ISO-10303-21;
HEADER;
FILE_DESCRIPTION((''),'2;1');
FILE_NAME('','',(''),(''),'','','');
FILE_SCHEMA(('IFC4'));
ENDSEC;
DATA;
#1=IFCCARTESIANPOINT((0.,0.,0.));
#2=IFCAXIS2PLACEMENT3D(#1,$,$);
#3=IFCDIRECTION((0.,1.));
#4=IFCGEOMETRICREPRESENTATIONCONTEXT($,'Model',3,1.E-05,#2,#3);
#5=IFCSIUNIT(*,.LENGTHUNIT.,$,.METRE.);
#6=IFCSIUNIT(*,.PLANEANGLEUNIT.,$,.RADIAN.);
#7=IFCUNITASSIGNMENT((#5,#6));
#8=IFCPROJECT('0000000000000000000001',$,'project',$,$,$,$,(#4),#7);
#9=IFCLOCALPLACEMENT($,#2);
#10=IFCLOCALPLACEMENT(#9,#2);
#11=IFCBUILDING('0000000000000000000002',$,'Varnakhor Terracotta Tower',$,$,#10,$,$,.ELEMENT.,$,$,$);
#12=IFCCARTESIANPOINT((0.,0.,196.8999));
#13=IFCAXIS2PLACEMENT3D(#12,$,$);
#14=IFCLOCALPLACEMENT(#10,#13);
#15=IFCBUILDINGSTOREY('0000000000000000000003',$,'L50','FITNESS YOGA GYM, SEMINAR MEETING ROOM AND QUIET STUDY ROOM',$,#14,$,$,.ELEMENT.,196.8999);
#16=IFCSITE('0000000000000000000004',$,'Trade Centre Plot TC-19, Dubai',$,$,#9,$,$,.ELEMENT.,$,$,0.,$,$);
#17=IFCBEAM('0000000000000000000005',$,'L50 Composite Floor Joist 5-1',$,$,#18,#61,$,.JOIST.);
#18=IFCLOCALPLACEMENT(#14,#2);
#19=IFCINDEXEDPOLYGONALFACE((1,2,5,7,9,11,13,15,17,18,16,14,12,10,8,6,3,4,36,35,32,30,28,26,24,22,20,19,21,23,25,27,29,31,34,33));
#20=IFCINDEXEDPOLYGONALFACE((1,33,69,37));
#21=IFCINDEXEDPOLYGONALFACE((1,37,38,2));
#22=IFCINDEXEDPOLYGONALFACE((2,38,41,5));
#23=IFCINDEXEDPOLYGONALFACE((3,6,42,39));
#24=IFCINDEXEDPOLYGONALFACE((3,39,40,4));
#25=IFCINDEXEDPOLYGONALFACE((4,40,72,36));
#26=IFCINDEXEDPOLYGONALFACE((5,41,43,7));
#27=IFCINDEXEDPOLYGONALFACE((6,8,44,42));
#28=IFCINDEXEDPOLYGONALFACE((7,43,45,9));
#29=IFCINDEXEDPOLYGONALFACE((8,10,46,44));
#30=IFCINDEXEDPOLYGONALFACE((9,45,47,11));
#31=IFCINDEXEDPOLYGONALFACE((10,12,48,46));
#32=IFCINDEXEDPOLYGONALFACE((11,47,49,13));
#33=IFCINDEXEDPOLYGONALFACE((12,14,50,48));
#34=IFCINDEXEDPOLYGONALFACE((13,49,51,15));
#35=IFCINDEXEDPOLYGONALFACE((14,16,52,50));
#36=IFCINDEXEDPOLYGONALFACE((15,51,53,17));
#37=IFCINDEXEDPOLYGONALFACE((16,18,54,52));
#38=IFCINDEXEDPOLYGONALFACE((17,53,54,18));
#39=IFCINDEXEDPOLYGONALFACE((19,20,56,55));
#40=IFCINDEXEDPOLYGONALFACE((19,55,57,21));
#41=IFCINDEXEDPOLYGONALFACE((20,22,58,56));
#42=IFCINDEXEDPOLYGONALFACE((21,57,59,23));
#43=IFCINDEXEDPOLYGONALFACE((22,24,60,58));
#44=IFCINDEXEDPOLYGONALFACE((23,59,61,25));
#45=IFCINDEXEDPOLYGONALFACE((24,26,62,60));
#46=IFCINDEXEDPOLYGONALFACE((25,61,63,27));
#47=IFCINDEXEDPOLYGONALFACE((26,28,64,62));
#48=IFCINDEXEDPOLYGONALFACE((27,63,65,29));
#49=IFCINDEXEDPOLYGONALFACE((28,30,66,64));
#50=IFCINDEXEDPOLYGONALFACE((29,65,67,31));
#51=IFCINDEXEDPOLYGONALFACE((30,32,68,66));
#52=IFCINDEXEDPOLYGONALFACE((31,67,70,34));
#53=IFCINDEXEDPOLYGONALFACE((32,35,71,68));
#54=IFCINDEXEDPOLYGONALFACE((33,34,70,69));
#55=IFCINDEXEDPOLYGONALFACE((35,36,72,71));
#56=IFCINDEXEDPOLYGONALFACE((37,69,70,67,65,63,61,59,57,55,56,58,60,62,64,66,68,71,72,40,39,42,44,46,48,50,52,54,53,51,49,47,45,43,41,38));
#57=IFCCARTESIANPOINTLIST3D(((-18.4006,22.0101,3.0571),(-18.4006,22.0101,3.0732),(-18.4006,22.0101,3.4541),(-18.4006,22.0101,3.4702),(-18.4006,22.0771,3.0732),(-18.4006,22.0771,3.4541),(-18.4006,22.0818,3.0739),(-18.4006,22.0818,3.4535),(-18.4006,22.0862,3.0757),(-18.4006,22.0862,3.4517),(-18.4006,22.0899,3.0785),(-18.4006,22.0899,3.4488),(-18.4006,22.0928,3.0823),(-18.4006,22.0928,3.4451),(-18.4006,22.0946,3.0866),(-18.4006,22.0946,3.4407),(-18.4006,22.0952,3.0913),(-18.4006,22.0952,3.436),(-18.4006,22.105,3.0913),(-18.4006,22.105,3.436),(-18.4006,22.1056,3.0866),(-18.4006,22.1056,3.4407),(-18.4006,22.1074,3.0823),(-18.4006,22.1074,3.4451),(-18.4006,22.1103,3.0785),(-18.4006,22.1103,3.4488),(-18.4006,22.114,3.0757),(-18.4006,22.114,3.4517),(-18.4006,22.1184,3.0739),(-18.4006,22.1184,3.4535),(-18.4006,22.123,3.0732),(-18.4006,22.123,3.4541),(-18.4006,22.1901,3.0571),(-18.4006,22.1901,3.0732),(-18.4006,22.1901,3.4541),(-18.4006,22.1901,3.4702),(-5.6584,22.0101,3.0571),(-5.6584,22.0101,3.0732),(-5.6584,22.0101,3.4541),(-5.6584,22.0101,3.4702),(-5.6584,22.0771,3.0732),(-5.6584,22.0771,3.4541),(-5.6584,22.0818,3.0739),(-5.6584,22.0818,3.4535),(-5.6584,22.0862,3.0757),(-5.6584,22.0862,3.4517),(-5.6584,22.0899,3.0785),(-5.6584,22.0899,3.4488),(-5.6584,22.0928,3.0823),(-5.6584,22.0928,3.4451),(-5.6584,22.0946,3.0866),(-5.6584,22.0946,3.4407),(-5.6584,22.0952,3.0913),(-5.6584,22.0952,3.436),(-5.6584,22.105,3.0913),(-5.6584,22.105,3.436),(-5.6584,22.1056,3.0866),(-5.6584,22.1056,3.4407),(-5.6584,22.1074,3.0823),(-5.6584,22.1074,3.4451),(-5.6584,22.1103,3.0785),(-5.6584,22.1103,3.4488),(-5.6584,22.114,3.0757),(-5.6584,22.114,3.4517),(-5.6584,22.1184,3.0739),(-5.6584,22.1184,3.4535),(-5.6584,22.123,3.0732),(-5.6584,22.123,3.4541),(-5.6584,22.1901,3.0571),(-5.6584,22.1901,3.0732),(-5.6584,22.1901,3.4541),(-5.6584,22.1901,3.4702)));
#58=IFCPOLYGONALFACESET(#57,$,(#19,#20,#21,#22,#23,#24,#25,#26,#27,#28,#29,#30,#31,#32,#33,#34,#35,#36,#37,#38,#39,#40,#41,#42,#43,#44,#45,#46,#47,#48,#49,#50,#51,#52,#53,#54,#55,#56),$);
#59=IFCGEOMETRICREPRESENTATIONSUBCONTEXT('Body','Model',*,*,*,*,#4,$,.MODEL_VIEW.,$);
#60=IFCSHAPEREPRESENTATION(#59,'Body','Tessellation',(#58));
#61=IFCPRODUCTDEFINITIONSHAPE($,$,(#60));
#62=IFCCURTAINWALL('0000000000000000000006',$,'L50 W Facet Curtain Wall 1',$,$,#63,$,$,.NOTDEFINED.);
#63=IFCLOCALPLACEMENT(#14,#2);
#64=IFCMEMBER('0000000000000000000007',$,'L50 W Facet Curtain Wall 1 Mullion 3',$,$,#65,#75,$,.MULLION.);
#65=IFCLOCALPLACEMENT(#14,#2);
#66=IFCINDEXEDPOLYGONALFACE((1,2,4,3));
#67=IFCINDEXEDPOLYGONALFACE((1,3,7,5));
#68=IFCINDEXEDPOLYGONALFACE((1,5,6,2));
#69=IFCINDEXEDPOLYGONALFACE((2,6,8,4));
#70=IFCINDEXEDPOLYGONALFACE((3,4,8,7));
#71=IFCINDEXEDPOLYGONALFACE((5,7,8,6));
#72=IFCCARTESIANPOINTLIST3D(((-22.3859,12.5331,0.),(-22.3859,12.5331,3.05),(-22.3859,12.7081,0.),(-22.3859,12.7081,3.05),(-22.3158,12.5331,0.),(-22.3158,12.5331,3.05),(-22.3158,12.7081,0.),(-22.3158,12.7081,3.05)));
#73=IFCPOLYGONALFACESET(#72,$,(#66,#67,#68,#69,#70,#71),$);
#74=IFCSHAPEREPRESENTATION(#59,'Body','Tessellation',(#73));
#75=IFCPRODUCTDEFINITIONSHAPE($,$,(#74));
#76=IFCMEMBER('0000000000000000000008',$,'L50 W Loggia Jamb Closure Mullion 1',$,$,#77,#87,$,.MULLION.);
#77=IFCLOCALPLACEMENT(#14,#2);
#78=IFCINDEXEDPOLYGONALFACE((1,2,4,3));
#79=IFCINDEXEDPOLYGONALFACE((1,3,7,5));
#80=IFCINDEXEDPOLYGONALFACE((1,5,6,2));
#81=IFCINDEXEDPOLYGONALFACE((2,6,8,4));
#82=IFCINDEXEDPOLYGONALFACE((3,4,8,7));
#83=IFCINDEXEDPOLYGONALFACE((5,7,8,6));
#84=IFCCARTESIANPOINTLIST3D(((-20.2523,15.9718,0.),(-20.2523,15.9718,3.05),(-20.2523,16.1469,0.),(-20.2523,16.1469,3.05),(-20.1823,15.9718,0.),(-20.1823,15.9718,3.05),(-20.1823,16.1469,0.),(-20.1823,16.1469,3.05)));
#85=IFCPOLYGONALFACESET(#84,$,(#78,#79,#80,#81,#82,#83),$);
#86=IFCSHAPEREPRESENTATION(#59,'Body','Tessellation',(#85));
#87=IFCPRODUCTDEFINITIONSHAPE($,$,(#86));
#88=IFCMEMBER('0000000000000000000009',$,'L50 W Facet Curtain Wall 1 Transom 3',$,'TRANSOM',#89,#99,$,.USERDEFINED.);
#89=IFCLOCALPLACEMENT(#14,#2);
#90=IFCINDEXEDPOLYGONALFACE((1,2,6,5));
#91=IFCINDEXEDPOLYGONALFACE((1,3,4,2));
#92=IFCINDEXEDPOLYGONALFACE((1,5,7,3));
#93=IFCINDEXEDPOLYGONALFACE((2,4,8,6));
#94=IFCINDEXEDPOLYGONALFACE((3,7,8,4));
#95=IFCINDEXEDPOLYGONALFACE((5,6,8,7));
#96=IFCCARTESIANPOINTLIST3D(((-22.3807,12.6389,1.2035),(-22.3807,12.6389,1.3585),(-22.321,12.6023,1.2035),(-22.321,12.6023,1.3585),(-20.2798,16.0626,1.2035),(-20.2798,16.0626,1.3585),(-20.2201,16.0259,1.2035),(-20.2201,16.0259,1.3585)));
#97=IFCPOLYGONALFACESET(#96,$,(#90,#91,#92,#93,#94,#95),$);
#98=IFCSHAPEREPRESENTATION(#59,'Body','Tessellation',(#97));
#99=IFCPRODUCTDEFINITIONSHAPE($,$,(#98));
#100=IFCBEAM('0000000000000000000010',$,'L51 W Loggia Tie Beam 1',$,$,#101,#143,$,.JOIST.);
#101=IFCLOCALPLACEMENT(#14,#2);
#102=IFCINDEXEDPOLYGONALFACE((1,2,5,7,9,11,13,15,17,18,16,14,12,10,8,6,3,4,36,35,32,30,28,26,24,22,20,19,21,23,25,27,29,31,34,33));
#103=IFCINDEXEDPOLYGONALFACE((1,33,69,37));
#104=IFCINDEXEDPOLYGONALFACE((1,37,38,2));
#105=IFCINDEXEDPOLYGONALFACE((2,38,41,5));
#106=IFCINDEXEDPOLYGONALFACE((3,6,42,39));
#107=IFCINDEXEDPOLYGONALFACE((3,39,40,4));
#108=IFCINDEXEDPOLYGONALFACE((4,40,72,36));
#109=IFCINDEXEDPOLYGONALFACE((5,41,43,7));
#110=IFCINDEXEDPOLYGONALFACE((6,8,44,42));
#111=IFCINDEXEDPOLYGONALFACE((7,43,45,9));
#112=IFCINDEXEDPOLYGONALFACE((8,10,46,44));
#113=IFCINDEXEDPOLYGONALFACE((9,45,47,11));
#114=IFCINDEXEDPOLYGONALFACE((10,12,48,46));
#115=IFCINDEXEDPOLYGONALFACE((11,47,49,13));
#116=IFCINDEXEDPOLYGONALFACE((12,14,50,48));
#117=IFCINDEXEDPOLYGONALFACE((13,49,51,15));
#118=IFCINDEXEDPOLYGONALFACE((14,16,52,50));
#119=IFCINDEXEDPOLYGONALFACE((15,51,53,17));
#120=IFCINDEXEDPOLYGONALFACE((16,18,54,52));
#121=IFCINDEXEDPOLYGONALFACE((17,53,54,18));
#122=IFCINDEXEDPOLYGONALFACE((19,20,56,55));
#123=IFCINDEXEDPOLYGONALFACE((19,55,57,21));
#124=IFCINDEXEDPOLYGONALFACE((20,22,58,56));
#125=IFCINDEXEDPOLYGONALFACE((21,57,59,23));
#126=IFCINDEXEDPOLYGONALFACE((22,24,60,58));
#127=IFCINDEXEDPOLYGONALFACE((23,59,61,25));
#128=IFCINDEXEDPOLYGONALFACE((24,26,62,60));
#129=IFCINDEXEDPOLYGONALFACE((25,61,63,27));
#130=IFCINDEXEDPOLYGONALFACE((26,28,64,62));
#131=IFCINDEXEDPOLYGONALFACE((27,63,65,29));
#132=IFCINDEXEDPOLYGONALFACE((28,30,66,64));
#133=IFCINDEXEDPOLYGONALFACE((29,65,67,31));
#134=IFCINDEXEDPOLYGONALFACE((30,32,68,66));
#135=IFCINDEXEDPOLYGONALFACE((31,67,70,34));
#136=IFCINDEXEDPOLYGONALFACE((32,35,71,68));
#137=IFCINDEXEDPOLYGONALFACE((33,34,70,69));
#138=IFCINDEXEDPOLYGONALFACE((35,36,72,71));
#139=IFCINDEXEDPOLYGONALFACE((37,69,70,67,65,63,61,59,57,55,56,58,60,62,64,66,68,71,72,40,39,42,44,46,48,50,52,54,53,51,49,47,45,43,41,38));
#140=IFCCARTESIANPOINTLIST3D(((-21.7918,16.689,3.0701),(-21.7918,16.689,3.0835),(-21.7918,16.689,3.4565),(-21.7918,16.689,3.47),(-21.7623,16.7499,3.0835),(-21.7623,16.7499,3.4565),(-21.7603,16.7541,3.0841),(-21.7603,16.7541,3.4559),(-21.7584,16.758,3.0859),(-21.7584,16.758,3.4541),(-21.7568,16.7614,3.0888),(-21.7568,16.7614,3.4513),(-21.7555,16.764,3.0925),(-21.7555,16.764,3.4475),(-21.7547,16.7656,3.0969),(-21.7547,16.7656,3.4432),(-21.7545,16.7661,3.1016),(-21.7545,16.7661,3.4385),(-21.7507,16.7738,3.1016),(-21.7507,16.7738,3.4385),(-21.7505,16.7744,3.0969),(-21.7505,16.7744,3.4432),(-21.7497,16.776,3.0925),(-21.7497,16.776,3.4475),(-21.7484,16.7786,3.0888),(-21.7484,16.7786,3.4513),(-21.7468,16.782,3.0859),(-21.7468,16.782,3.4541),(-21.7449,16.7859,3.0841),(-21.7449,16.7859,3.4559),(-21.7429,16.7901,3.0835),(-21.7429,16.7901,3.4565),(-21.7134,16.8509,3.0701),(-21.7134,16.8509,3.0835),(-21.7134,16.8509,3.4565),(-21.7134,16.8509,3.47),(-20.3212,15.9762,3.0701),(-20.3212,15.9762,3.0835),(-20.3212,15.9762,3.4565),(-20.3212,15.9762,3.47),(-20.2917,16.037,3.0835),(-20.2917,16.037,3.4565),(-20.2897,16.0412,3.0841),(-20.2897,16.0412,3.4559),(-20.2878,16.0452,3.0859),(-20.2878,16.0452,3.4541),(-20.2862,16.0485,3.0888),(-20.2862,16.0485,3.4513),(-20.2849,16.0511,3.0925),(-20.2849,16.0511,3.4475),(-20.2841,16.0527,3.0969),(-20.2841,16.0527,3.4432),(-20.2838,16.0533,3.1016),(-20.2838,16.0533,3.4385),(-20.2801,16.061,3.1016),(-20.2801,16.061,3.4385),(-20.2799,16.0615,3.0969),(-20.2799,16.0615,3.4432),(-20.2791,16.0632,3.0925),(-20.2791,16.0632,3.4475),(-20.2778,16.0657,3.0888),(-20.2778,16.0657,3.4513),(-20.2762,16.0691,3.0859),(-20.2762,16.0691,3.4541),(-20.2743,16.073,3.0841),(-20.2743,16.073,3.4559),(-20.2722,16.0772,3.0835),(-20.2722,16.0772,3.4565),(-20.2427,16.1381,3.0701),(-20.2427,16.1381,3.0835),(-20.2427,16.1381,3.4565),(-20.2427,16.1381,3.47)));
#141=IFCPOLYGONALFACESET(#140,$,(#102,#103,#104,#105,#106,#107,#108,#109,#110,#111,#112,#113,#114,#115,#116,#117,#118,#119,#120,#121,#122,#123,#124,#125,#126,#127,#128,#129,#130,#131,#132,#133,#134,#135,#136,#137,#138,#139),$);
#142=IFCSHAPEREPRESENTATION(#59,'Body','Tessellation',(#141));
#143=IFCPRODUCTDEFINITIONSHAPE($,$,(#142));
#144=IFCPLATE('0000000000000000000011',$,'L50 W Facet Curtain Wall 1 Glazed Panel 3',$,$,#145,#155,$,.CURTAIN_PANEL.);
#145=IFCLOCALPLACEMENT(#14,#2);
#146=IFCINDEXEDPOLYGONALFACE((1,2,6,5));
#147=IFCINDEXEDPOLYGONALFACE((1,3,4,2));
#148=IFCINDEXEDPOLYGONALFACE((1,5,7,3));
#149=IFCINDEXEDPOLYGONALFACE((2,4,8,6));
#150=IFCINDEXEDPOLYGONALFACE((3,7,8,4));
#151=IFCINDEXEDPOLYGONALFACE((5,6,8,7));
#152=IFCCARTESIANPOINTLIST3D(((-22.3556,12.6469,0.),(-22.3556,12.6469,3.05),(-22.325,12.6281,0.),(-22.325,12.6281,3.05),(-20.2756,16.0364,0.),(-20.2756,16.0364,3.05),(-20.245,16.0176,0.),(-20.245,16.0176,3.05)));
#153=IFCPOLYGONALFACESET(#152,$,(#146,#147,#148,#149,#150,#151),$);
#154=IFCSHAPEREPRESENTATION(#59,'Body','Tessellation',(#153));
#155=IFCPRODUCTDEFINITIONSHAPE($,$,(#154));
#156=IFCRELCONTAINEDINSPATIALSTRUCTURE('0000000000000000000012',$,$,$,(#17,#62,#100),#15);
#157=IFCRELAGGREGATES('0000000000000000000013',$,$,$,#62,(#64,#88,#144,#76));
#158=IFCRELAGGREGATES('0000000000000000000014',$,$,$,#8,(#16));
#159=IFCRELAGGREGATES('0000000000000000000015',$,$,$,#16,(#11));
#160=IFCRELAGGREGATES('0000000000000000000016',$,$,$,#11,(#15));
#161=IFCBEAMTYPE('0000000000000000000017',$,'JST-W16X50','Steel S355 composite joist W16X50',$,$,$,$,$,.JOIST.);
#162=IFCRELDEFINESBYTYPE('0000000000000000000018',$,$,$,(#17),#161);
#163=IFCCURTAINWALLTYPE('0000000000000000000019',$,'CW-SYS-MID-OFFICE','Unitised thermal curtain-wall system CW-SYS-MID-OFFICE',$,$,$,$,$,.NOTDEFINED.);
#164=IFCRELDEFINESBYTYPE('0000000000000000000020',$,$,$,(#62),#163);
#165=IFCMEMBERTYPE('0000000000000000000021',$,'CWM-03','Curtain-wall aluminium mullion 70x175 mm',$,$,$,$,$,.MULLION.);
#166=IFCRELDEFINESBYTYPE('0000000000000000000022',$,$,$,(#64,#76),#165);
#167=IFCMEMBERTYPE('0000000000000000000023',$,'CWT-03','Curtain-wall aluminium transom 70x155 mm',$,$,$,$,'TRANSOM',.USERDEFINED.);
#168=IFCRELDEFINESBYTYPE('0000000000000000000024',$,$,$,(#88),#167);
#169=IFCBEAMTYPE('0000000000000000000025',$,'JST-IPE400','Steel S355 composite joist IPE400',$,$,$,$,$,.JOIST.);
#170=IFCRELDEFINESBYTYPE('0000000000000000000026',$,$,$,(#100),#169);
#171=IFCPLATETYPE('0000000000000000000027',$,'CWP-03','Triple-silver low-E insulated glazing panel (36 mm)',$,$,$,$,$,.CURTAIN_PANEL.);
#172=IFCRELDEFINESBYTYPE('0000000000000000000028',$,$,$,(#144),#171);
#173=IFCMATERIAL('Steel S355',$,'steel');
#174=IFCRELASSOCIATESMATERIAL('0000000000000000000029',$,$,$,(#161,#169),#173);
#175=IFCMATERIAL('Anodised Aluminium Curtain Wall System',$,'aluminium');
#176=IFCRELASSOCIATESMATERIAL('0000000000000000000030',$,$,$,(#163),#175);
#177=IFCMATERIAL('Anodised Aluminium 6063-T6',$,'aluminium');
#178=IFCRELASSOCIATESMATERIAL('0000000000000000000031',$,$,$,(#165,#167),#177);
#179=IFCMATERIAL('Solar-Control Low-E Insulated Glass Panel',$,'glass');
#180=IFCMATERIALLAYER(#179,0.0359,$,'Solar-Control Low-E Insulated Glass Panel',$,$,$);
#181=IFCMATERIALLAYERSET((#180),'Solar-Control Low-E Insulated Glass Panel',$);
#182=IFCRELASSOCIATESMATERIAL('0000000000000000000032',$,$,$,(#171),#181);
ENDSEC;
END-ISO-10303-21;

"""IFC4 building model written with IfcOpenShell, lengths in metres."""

from ifc_helpers import new_model, si_unit, direction, frame, origin, origin_2d, place, context, subcontext, project, spatial, rectangle, i_section, extrude, source, transform, mapped, material, layer, layer_set, material_profile, profile_set, type_object, element, aggregate, save


model = new_model("IFC4")

# Units and contexts
model_context = context("Model", 3, precision=1e-05, world=origin(), true_north=direction((0.0, 1.0)))
body_context = subcontext(model_context, "Body", "Model", "MODEL_VIEW")
ifc_project = project(units=[si_unit("LENGTHUNIT", "METRE"), si_unit("PLANEANGLEUNIT", "RADIAN")], contexts=[model_context])

# Site, building, storey
site_placement = place(None, origin())
site = spatial("IfcSite", under=ifc_project, at=site_placement, Name="Trade Centre Plot TC-19, Dubai", CompositionType="ELEMENT", RefElevation=0.0)
building_placement = place(site_placement, origin())
building = spatial("IfcBuilding", under=site, at=building_placement, Name="Varnakhor Terracotta Tower", CompositionType="ELEMENT")
storey_placement = place(building_placement, frame((0.0, 0.0, 196.8999)))
storey = spatial("IfcBuildingStorey", under=building, at=storey_placement, Name="L50", Description="FITNESS YOGA GYM, SEMINAR MEETING ROOM AND QUIET STUDY ROOM", CompositionType="ELEMENT", Elevation=196.8999)

# Beam
ifc_material_1 = material(Name="Steel S355", Category="steel")
ifc_material_profile_1 = material_profile(ifc_material_1, i_section(OverallWidth=0.1799, OverallDepth=0.4131, WebThickness=0.0098, FlangeThickness=0.0161, FilletRadius=0.0181, at=origin_2d()), Name="W16X50")
ifc_profile_set_1 = profile_set([ifc_material_profile_1], Name="Steel S355")
beam_type_1 = type_object("IfcBeamType", Name="JST-W16X50", Description="Steel S355 composite joist W16X50", PredefinedType="JOIST", material=ifc_profile_set_1)
shared_shape_1 = source(origin(), body_context, "Body", "SweptSolid", [
    extrude(i_section(OverallWidth=0.1799, OverallDepth=0.4131, WebThickness=0.0098, FlangeThickness=0.0161, FilletRadius=0.0181, at=origin_2d()), origin(), (0.0, 0.0, 1.0), 12.7422),
])
beam_1_placement = place(storey_placement, frame((-18.4006, 22.1001, 3.2637), z_axis=(1.0, 0.0, 0.0), x_axis=(0.0, 1.0, 0.0)))
element("IfcBeam", 1, at=beam_1_placement, inside=storey, type_object=beam_type_1, Name="L50 Composite Floor Joist 5-1", PredefinedType="JOIST", context=body_context, shape_type="MappedRepresentation", body=[
    mapped(shared_shape_1, transform((0.0, 0.0, 0.0), scale=1.0)),
])

# Curtain wall, members
ifc_material_2 = material(Name="Anodised Aluminium Curtain Wall System", Category="aluminium")
curtain_wall_type = type_object("IfcCurtainWallType", Name="CW-SYS-MID-OFFICE", Description="Unitised thermal curtain-wall system CW-SYS-MID-OFFICE", PredefinedType="NOTDEFINED", material=ifc_material_2)
curtain_wall_placement = place(storey_placement, origin())
curtain_wall = element("IfcCurtainWall", 2, at=curtain_wall_placement, inside=storey, type_object=curtain_wall_type, Name="L50 W Facet Curtain Wall 1", PredefinedType="NOTDEFINED")
ifc_material_3 = material(Name="Anodised Aluminium 6063-T6", Category="aluminium")
ifc_material_profile_2 = material_profile(ifc_material_3, rectangle(XDim=0.0701, YDim=0.175, at=origin_2d()), Name="ALU MULLION 70x175")
ifc_profile_set_2 = profile_set([ifc_material_profile_2], Name="Anodised Aluminium 6063-T6")
member_type_1 = type_object("IfcMemberType", Name="CWM-03", Description="Curtain-wall aluminium mullion 70x175 mm", PredefinedType="MULLION", material=ifc_profile_set_2)
shared_shape_2 = source(origin(), body_context, "Body", "SweptSolid", [
    extrude(rectangle(XDim=0.0701, YDim=0.175, at=origin_2d()), origin(), (0.0, 0.0, 1.0), 3.05),
])
member_1_placement = place(storey_placement, frame((-22.3508, 12.6206, 0.0), z_axis=(0.0, 0.0, 1.0), x_axis=(1.0, 0.0, 0.0)))
member_1 = element("IfcMember", 3, at=member_1_placement, type_object=member_type_1, Name="L50 W Facet Curtain Wall 1 Mullion 3", PredefinedType="MULLION", context=body_context, shape_type="MappedRepresentation", body=[
    mapped(shared_shape_2, transform((0.0, 0.0, 0.0), scale=1.0)),
])
member_2_placement = place(storey_placement, frame((-20.2173, 16.0593, 0.0), z_axis=(0.0, 0.0, 1.0), x_axis=(1.0, 0.0, 0.0)))
member_2 = element("IfcMember", 4, at=member_2_placement, type_object=member_type_1, Name="L50 W Loggia Jamb Closure Mullion 1", PredefinedType="MULLION", context=body_context, shape_type="MappedRepresentation", body=[
    mapped(shared_shape_2, transform((0.0, 0.0, 0.0), scale=1.0)),
])
ifc_material_profile_3 = material_profile(ifc_material_3, rectangle(XDim=0.0701, YDim=0.155, at=origin_2d()), Name="ALU TRANSOM 70x155")
ifc_profile_set_3 = profile_set([ifc_material_profile_3], Name="Anodised Aluminium 6063-T6")
member_type_2 = type_object("IfcMemberType", Name="CWT-03", Description="Curtain-wall aluminium transom 70x155 mm", ElementType="TRANSOM", PredefinedType="USERDEFINED", material=ifc_profile_set_3)
shared_shape_3 = source(origin(), body_context, "Body", "SweptSolid", [
    extrude(rectangle(XDim=0.0701, YDim=0.155, at=origin_2d()), origin(), (0.0, 0.0, 1.0), 4.0168),
])
member_3_placement = place(storey_placement, frame((-22.3508, 12.6206, 1.281), z_axis=(0.523015, 0.852323, 0.0), x_axis=(-0.852323, 0.523015, 0.0)))
member_3 = element("IfcMember", 5, at=member_3_placement, type_object=member_type_2, Name="L50 W Facet Curtain Wall 1 Transom 3", ObjectType="TRANSOM", PredefinedType="USERDEFINED", context=body_context, shape_type="MappedRepresentation", body=[
    mapped(shared_shape_3, transform((0.0, 0.0, 0.0), scale=1.0)),
])

# Beam
ifc_material_profile_4 = material_profile(ifc_material_1, i_section(OverallWidth=0.1799, OverallDepth=0.3999, WebThickness=0.0085, FlangeThickness=0.0134, FilletRadius=0.0181, at=origin_2d()), Name="IPE400")
ifc_profile_set_4 = profile_set([ifc_material_profile_4], Name="Steel S355")
beam_type_2 = type_object("IfcBeamType", Name="JST-IPE400", Description="Steel S355 composite joist IPE400", PredefinedType="JOIST", material=ifc_profile_set_4)
shared_shape_4 = source(origin(), body_context, "Body", "SweptSolid", [
    extrude(i_section(OverallWidth=0.1799, OverallDepth=0.3999, WebThickness=0.0085, FlangeThickness=0.0134, FilletRadius=0.0181, at=origin_2d()), origin(), (0.0, 0.0, 1.0), 1.6343),
])
beam_2_placement = place(storey_placement, frame((-20.282, 16.0571, 3.27), z_axis=(-0.899857, 0.436186, 0.0), x_axis=(-0.436186, -0.899857, 0.0)))
element("IfcBeam", 6, at=beam_2_placement, inside=storey, type_object=beam_type_2, Name="L51 W Loggia Tie Beam 1", PredefinedType="JOIST", context=body_context, shape_type="MappedRepresentation", body=[
    mapped(shared_shape_4, transform((0.0, 0.0, 0.0), scale=1.0)),
])

# Plate
ifc_material_4 = material(Name="Solar-Control Low-E Insulated Glass Panel", Category="glass")
ifc_layer_1 = layer(ifc_material_4, 0.0359, Name="Solar-Control Low-E Insulated Glass Panel")
ifc_layer_set_1 = layer_set([ifc_layer_1], Name="Solar-Control Low-E Insulated Glass Panel")
plate_type = type_object("IfcPlateType", Name="CWP-03", Description="Triple-silver low-E insulated glazing panel (36 mm)", PredefinedType="CURTAIN_PANEL", material=ifc_layer_set_1)
shared_shape_5 = source(origin(), body_context, "Body", "SweptSolid", [
    extrude(rectangle(XDim=3.9768, YDim=0.0359, at=origin_2d()), origin(), (0.0, 0.0, 1.0), 3.05),
])
plate_placement = place(storey_placement, frame((-21.3003, 14.3323, 0.0), z_axis=(0.0, 0.0, 1.0), x_axis=(0.523019, 0.852321, 0.0)))
plate = element("IfcPlate", 7, at=plate_placement, type_object=plate_type, Name="L50 W Facet Curtain Wall 1 Glazed Panel 3", PredefinedType="CURTAIN_PANEL", context=body_context, shape_type="MappedRepresentation", body=[
    mapped(shared_shape_5, transform((0.0, 0.0, 0.0), scale=1.0)),
])
aggregate(curtain_wall, [member_1, member_3, plate, member_2])

save(model, "model.ifc")
